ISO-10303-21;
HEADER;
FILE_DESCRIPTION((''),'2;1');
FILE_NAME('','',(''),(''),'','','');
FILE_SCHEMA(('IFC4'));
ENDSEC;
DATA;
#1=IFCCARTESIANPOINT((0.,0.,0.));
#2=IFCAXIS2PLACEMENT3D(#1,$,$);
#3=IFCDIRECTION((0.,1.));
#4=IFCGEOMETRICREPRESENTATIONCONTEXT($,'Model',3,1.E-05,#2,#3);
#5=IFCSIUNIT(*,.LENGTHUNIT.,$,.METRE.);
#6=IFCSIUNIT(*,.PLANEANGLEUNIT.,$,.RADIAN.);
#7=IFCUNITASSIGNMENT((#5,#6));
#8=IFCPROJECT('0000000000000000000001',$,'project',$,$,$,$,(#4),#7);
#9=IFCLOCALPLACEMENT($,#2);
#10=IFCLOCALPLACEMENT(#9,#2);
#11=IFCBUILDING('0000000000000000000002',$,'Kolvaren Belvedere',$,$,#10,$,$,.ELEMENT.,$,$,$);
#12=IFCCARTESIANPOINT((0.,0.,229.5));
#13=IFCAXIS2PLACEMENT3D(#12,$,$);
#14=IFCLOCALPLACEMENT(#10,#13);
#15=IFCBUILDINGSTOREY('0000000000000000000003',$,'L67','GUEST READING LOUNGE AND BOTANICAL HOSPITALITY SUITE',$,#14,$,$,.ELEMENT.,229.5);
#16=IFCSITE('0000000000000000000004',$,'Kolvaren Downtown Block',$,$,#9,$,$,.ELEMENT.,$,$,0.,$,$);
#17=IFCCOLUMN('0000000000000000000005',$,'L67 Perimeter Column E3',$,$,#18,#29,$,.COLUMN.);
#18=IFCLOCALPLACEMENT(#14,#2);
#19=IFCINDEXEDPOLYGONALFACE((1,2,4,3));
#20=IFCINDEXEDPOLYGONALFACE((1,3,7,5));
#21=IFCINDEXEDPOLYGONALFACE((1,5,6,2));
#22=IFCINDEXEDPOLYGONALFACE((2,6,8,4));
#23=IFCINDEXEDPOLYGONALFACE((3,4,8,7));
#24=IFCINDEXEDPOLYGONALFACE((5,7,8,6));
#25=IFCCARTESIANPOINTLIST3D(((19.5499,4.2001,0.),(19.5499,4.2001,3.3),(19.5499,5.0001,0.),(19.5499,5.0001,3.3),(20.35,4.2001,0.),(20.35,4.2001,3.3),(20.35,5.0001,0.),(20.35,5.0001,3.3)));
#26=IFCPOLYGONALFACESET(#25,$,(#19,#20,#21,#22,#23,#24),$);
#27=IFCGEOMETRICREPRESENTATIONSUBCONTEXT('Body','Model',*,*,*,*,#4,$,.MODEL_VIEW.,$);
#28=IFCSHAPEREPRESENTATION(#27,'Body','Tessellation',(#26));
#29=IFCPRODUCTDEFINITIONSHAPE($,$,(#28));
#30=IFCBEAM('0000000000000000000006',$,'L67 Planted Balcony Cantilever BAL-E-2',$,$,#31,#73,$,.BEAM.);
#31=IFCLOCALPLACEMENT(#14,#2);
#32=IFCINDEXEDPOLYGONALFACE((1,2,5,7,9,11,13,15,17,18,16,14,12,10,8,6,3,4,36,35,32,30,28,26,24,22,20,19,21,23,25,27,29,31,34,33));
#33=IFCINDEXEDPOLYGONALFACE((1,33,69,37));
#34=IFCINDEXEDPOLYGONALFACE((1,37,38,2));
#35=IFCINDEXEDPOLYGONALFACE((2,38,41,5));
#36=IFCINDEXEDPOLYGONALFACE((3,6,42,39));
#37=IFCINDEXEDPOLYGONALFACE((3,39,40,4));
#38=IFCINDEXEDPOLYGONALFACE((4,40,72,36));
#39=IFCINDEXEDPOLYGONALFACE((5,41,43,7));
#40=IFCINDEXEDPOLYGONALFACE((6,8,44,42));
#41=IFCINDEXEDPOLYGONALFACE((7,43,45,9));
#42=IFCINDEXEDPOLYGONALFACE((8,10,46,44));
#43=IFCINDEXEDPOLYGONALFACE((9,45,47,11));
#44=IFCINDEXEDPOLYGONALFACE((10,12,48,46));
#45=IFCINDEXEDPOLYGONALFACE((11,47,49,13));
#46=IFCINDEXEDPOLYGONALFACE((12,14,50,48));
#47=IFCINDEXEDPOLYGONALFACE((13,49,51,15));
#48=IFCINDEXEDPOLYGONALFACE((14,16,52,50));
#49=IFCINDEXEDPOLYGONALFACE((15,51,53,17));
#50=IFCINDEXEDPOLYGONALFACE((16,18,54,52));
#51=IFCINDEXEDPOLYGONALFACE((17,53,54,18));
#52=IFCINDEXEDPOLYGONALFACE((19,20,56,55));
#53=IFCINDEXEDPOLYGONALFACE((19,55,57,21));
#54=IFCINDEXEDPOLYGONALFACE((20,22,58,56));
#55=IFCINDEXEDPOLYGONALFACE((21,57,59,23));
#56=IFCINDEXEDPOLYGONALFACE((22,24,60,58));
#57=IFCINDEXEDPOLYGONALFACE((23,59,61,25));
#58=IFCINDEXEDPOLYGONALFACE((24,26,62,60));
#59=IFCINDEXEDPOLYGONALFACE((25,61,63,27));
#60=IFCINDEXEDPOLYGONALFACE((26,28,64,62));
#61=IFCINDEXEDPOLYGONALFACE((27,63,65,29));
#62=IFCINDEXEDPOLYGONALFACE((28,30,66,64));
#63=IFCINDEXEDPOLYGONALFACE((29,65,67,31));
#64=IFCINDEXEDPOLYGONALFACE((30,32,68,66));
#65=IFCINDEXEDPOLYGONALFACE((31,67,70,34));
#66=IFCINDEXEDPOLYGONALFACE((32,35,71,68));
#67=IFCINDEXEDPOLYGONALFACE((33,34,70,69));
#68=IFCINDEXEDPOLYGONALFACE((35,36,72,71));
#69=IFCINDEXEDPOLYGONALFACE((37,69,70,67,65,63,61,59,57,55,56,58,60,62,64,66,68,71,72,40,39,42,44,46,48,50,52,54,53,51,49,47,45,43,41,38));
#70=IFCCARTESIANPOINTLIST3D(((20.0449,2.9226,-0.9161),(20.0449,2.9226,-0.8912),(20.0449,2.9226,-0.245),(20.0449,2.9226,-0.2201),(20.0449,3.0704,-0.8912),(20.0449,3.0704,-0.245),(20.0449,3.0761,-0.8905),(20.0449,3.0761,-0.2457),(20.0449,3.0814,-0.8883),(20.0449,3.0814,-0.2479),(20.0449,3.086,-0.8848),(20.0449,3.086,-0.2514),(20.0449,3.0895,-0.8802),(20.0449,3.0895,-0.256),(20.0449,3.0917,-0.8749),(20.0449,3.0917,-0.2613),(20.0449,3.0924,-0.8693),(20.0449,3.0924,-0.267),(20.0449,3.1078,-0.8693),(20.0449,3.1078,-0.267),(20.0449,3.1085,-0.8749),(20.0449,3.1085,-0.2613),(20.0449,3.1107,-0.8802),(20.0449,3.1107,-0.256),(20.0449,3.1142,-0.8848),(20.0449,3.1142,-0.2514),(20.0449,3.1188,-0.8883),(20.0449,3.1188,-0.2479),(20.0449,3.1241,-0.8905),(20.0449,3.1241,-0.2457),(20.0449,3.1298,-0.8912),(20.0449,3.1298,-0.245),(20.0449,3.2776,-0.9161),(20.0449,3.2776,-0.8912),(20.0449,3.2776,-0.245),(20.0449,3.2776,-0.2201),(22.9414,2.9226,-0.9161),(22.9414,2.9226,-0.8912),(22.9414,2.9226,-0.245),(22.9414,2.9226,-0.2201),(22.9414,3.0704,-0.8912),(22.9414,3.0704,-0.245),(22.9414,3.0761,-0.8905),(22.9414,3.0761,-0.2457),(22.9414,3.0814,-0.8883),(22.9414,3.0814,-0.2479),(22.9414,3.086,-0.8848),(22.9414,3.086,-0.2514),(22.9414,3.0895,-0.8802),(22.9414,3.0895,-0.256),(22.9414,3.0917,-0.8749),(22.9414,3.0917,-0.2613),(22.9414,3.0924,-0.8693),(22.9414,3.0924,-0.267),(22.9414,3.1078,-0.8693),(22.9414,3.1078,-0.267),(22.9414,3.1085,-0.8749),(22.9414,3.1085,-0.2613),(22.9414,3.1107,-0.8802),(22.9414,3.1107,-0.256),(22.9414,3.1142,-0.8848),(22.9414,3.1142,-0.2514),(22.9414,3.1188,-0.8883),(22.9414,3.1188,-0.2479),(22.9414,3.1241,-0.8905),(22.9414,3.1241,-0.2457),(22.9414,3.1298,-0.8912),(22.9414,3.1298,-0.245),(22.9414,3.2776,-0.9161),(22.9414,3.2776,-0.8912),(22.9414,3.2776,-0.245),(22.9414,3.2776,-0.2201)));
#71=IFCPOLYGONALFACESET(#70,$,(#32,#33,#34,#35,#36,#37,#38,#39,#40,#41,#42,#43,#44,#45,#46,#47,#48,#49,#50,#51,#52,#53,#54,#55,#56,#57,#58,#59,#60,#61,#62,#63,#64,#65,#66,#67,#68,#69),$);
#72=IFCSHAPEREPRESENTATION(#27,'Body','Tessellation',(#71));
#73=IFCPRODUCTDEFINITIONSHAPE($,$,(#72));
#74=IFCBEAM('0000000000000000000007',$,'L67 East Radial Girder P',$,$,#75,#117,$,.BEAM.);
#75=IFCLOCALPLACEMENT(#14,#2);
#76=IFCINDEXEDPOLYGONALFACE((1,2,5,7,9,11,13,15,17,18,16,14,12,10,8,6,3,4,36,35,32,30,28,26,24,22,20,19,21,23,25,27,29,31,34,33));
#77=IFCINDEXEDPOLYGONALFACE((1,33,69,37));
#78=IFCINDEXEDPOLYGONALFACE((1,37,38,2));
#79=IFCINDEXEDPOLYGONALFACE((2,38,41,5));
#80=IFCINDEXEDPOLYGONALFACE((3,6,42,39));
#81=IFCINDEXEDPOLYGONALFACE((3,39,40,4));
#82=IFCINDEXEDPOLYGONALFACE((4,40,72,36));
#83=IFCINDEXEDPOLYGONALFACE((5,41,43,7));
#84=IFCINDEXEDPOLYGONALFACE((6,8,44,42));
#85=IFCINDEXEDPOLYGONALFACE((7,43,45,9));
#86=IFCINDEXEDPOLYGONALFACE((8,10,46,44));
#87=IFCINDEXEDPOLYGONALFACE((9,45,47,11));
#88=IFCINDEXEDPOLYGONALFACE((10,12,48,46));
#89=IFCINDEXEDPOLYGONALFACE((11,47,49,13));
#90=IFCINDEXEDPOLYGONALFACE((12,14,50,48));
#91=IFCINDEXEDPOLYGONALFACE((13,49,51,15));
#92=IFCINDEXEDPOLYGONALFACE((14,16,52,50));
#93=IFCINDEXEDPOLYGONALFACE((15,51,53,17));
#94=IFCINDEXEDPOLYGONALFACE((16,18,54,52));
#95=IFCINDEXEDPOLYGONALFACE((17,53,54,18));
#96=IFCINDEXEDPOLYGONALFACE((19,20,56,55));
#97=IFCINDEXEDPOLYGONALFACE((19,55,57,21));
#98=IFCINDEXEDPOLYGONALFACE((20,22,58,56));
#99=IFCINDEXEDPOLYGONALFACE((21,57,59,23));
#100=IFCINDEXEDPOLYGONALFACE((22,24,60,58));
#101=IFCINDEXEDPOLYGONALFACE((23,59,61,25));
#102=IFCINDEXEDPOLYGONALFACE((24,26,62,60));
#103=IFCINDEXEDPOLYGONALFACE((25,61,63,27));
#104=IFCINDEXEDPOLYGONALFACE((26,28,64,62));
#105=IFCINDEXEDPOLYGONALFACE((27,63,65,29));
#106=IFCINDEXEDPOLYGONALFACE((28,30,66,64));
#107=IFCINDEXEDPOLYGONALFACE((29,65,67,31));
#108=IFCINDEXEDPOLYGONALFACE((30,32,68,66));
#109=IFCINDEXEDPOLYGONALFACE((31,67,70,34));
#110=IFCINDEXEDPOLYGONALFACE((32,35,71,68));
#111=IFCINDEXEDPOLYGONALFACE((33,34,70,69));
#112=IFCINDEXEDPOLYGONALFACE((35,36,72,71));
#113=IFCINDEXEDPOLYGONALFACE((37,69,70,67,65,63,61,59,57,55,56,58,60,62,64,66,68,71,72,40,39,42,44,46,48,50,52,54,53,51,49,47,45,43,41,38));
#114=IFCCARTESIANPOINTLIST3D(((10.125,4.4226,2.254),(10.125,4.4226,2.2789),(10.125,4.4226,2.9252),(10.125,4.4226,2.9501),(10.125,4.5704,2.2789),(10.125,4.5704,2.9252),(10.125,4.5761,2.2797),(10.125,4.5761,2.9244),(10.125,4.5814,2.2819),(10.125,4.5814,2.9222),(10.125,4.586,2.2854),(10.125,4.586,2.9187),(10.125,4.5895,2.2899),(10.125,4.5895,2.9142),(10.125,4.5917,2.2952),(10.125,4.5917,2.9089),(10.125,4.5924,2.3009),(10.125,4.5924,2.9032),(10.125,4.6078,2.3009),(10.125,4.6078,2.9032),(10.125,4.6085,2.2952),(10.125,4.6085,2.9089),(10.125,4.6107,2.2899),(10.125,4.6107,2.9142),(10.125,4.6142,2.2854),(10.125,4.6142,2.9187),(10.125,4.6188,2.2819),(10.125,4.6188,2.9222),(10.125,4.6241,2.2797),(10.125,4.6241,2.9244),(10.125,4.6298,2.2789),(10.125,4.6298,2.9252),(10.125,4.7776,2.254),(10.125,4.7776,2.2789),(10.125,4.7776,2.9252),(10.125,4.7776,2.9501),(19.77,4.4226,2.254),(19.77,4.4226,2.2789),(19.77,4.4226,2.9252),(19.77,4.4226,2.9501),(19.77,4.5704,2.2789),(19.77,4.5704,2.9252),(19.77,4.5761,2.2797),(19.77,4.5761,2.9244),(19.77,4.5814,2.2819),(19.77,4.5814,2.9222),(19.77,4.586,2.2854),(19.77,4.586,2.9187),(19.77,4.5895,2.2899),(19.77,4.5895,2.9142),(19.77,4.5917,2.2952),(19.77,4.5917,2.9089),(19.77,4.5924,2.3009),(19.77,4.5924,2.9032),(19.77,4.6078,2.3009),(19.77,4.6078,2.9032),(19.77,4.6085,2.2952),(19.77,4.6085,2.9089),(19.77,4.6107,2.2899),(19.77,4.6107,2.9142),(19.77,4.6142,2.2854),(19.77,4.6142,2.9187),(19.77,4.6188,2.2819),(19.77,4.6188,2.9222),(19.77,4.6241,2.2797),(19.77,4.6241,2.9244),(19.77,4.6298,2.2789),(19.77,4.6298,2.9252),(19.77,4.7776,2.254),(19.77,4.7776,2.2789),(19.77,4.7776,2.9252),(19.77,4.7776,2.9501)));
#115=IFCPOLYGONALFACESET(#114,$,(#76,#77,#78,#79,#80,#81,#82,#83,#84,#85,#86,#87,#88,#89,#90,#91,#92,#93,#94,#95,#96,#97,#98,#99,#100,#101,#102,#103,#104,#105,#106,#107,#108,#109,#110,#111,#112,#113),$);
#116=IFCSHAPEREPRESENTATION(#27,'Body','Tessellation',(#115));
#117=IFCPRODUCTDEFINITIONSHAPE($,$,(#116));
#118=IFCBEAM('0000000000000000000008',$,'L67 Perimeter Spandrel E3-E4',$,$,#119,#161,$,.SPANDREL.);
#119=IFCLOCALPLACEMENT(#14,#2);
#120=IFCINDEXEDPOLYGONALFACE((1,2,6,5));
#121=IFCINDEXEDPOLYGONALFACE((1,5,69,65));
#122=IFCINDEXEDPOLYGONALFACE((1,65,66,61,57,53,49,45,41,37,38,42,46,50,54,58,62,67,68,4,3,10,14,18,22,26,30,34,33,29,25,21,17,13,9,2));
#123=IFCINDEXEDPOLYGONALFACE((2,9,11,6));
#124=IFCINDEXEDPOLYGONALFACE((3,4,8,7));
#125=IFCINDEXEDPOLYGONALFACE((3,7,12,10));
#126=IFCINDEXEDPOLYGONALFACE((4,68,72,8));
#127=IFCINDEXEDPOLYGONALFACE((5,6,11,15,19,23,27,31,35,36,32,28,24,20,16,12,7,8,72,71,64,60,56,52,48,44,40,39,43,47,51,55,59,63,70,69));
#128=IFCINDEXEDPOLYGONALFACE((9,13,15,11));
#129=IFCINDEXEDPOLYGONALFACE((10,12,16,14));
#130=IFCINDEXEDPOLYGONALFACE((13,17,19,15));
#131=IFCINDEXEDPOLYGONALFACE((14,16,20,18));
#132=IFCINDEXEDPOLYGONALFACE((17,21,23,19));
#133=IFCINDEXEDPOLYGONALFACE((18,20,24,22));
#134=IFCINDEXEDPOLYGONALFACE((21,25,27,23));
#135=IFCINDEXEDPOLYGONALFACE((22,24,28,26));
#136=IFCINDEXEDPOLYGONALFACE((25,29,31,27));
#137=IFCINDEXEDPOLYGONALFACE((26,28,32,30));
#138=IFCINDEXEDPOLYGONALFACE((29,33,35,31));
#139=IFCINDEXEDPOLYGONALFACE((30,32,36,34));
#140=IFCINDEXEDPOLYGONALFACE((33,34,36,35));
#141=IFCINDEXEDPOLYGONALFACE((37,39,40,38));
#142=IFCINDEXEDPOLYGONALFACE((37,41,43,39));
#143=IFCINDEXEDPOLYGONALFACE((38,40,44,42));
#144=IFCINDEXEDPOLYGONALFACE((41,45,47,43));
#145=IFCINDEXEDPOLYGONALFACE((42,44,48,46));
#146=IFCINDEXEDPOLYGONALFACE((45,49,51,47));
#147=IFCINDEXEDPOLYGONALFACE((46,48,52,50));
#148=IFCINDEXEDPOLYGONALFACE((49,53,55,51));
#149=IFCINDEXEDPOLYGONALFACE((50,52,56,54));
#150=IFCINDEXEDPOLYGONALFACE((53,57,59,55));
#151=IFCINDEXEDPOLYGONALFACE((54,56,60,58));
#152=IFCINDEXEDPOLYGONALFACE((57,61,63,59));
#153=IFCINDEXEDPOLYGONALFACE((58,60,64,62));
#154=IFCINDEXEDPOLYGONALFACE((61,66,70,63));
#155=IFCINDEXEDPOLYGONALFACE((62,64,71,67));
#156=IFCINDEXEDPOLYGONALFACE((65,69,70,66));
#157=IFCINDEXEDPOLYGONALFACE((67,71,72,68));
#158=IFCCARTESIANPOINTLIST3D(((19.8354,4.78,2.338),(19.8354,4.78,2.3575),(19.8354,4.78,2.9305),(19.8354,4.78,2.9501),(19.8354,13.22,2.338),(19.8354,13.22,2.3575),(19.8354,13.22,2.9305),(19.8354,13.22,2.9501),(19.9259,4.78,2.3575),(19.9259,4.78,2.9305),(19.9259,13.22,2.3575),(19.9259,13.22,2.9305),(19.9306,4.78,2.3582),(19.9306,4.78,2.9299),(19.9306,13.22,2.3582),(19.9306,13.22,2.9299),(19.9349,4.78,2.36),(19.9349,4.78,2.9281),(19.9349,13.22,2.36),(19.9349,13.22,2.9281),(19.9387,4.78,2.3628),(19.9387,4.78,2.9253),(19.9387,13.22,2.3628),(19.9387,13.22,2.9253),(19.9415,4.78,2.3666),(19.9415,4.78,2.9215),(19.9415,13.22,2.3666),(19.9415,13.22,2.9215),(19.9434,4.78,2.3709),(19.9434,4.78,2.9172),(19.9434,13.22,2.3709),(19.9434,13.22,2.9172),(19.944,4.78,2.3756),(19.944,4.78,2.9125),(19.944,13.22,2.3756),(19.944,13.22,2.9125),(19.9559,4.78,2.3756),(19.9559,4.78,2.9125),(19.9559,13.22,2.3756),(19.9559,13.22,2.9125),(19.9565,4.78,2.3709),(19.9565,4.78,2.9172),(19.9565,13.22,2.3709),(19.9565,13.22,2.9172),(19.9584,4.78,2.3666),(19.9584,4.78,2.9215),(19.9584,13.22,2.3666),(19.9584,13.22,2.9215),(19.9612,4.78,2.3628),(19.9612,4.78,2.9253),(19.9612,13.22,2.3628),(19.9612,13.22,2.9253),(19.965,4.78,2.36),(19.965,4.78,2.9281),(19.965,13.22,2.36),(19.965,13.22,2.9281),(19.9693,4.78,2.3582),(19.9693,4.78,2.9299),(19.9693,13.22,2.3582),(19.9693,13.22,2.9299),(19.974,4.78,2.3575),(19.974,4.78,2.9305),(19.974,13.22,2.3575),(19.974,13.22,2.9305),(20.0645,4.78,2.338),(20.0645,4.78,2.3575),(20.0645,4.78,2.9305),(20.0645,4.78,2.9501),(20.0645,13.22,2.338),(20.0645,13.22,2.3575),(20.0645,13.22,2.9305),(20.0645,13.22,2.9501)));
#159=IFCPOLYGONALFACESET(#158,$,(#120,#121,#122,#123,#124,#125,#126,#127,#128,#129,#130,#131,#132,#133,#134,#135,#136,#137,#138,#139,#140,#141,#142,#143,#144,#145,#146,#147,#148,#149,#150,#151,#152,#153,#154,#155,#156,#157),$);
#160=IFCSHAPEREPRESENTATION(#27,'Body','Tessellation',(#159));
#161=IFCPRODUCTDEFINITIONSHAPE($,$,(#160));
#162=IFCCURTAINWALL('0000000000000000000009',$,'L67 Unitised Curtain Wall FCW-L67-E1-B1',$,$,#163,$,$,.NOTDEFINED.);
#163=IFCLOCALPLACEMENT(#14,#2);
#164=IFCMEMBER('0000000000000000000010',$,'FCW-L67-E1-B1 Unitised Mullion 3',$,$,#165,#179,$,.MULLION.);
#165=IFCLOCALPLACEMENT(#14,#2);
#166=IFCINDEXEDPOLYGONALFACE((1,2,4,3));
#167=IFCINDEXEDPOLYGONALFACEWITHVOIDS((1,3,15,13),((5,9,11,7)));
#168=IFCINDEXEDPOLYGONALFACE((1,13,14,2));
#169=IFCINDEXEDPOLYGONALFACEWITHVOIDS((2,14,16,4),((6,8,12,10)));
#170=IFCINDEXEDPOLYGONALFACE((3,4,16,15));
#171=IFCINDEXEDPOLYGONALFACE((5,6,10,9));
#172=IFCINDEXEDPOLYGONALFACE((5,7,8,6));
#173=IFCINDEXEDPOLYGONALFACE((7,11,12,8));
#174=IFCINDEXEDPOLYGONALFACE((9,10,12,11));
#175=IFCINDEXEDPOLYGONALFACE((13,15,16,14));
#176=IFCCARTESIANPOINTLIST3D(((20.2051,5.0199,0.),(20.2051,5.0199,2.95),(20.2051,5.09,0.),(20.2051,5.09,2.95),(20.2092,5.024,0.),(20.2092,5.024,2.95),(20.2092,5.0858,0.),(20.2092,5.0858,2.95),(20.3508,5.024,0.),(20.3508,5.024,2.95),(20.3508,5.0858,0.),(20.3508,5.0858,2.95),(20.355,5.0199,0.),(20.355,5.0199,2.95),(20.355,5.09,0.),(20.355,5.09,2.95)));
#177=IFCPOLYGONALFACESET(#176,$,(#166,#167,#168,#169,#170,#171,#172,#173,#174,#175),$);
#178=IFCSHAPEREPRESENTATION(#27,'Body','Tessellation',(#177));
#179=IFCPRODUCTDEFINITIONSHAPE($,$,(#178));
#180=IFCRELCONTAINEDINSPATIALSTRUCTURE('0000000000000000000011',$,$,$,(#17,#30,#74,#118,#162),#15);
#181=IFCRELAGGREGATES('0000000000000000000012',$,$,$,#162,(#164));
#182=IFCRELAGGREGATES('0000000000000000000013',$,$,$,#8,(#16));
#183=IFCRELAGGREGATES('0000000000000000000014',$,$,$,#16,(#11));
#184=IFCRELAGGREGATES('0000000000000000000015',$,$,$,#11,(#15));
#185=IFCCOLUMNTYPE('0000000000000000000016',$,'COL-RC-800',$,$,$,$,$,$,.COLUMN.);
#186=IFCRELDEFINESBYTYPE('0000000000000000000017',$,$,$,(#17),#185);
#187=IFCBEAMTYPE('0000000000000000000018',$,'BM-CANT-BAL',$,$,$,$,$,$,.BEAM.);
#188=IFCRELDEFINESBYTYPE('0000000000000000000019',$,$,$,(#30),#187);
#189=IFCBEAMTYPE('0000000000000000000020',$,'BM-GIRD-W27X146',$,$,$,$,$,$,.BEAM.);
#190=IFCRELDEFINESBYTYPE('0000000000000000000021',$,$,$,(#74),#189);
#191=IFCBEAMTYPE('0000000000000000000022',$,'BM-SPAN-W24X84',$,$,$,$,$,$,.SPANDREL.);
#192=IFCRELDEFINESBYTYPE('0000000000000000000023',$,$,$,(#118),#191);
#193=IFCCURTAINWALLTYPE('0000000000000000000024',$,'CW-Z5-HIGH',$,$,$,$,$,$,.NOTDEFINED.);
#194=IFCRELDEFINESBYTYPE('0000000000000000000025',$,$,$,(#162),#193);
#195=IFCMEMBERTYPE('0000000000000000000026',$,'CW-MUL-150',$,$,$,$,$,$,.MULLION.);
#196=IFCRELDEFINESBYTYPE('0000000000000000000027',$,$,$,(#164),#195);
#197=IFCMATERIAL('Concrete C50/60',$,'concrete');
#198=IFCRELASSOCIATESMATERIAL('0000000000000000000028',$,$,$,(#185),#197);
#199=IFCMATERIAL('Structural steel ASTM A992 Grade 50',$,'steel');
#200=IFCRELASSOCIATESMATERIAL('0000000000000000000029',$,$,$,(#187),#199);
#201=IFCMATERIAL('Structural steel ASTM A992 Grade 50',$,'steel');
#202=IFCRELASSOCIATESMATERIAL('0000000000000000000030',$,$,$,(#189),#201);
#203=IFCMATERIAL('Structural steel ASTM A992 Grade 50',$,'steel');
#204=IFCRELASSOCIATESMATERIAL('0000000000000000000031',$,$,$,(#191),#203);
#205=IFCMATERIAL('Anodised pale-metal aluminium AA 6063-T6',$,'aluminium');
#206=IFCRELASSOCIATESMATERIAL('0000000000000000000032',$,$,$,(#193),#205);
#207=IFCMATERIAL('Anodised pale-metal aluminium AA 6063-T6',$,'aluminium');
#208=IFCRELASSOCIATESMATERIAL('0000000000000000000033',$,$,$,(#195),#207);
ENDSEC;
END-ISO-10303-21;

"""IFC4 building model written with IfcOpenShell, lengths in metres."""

from ifc_helpers import new_model, si_unit, direction, frame, origin, origin_2d, place, context, subcontext, project, spatial, rectangle, hollow_rectangle, i_section, extrude, material, material_profile, profile_set, type_object, element, aggregate, save


model = new_model("IFC4")

# Units and contexts
model_context = context("Model", 3, precision=1e-05, world=origin(), true_north=direction((0.0, 1.0)))
body_context = subcontext(model_context, "Body", "Model", "MODEL_VIEW")
ifc_project = project(units=[si_unit("LENGTHUNIT", "METRE"), si_unit("PLANEANGLEUNIT", "RADIAN")], contexts=[model_context])

# Site, building, storey
site_placement = place(None, origin())
site = spatial("IfcSite", under=ifc_project, at=site_placement, Name="Kolvaren Downtown Block", CompositionType="ELEMENT", RefElevation=0.0)
building_placement = place(site_placement, origin())
building = spatial("IfcBuilding", under=site, at=building_placement, Name="Kolvaren Belvedere", CompositionType="ELEMENT")
storey_placement = place(building_placement, frame((0.0, 0.0, 229.5)))
storey = spatial("IfcBuildingStorey", under=building, at=storey_placement, Name="L67", Description="GUEST READING LOUNGE AND BOTANICAL HOSPITALITY SUITE", CompositionType="ELEMENT", Elevation=229.5)

# Column
ifc_material_1 = material(Name="Concrete C50/60", Category="concrete")
ifc_material_profile_1 = material_profile(ifc_material_1, rectangle(XDim=0.8, YDim=0.8, at=origin_2d()), Name="RC 800X800")
ifc_profile_set_1 = profile_set([ifc_material_profile_1], Name="Concrete C50/60")
column_type = type_object("IfcColumnType", Name="COL-RC-800", PredefinedType="COLUMN", material=ifc_profile_set_1)
column_placement = place(storey_placement, frame((19.95, 4.6001, 0.0), z_axis=(0.0, 0.0, 1.0), x_axis=(1.0, 0.0, 0.0)))
element("IfcColumn", 1, at=column_placement, inside=storey, type_object=column_type, Name="L67 Perimeter Column E3", PredefinedType="COLUMN", context=body_context, shape_type="SweptSolid", body=[
    extrude(rectangle(XDim=0.8, YDim=0.8, at=origin_2d()), origin(), (0.0, 0.0, 1.0), 3.3),
])

# Beams
ifc_material_2 = material(Name="Structural steel ASTM A992 Grade 50", Category="steel")
ifc_material_profile_2 = material_profile(ifc_material_2, i_section(OverallWidth=0.355, OverallDepth=0.696, WebThickness=0.0154, FlangeThickness=0.0249, FilletRadius=0.022, at=origin_2d()), Name="W27X146")
ifc_profile_set_2 = profile_set([ifc_material_profile_2], Name="Structural steel ASTM A992 Grade 50")
beam_type_1 = type_object("IfcBeamType", Name="BM-CANT-BAL", PredefinedType="BEAM", material=ifc_profile_set_2)
beam_1_placement = place(storey_placement, frame((20.0449, 3.1001, -0.5681), z_axis=(1.0, 0.0, 0.0), x_axis=(0.0, 1.0, 0.0)))
element("IfcBeam", 2, at=beam_1_placement, inside=storey, type_object=beam_type_1, Name="L67 Planted Balcony Cantilever BAL-E-2", PredefinedType="BEAM", context=body_context, shape_type="SweptSolid", body=[
    extrude(i_section(OverallWidth=0.355, OverallDepth=0.696, WebThickness=0.0154, FlangeThickness=0.0249, FilletRadius=0.022, at=origin_2d()), origin(), (0.0, 0.0, 1.0), 2.8965),
])
ifc_material_3 = material(Name="Structural steel ASTM A992 Grade 50", Category="steel")
ifc_material_profile_3 = material_profile(ifc_material_3, i_section(OverallWidth=0.355, OverallDepth=0.696, WebThickness=0.0154, FlangeThickness=0.0249, FilletRadius=0.022, at=origin_2d()), Name="W27X146")
ifc_profile_set_3 = profile_set([ifc_material_profile_3], Name="Structural steel ASTM A992 Grade 50")
beam_type_2 = type_object("IfcBeamType", Name="BM-GIRD-W27X146", PredefinedType="BEAM", material=ifc_profile_set_3)
beam_2_placement = place(storey_placement, frame((10.125, 4.6001, 2.6021), z_axis=(1.0, 0.0, 0.0), x_axis=(0.0, 1.0, 0.0)))
element("IfcBeam", 3, at=beam_2_placement, inside=storey, type_object=beam_type_2, Name="L67 East Radial Girder P", PredefinedType="BEAM", context=body_context, shape_type="SweptSolid", body=[
    extrude(i_section(OverallWidth=0.355, OverallDepth=0.696, WebThickness=0.0154, FlangeThickness=0.0249, FilletRadius=0.022, at=origin_2d()), origin(), (0.0, 0.0, 1.0), 9.645),
])
ifc_material_4 = material(Name="Structural steel ASTM A992 Grade 50", Category="steel")
ifc_material_profile_4 = material_profile(ifc_material_4, i_section(OverallWidth=0.229, OverallDepth=0.6121, WebThickness=0.012, FlangeThickness=0.0195, FilletRadius=0.0181, at=origin_2d()), Name="W24X84")
ifc_profile_set_4 = profile_set([ifc_material_profile_4], Name="Structural steel ASTM A992 Grade 50")
beam_type_3 = type_object("IfcBeamType", Name="BM-SPAN-W24X84", PredefinedType="SPANDREL", material=ifc_profile_set_4)
beam_3_placement = place(storey_placement, frame((19.95, 4.78, 2.644), z_axis=(0.0, 1.0, 0.0), x_axis=(-1.0, 0.0, 0.0)))
element("IfcBeam", 4, at=beam_3_placement, inside=storey, type_object=beam_type_3, Name="L67 Perimeter Spandrel E3-E4", PredefinedType="SPANDREL", context=body_context, shape_type="SweptSolid", body=[
    extrude(i_section(OverallWidth=0.229, OverallDepth=0.6121, WebThickness=0.012, FlangeThickness=0.0195, FilletRadius=0.0181, at=origin_2d()), origin(), (0.0, 0.0, 1.0), 8.4399),
])

# Curtain wall, member
ifc_material_5 = material(Name="Anodised pale-metal aluminium AA 6063-T6", Category="aluminium")
curtain_wall_type = type_object("IfcCurtainWallType", Name="CW-Z5-HIGH", PredefinedType="NOTDEFINED", material=ifc_material_5)
curtain_wall_1_placement = place(storey_placement, origin())
curtain_wall_1 = element("IfcCurtainWall", 5, at=curtain_wall_1_placement, inside=storey, type_object=curtain_wall_type, Name="L67 Unitised Curtain Wall FCW-L67-E1-B1", PredefinedType="NOTDEFINED")
ifc_material_6 = material(Name="Anodised pale-metal aluminium AA 6063-T6", Category="aluminium")
ifc_material_profile_5 = material_profile(ifc_material_6, hollow_rectangle(XDim=0.0701, YDim=0.1499, WallThickness=0.0042, at=origin_2d()), Name="ALU-MUL-150X70")
ifc_profile_set_5 = profile_set([ifc_material_profile_5], Name="Anodised pale-metal aluminium AA 6063-T6")
member_type_1 = type_object("IfcMemberType", Name="CW-MUL-150", PredefinedType="MULLION", material=ifc_profile_set_5)
member_1_placement = place(storey_placement, frame((20.28, 5.0549, 0.0), z_axis=(0.0, 0.0, 1.0), x_axis=(0.0, 1.0, 0.0)))
member_1 = element("IfcMember", 6, at=member_1_placement, type_object=member_type_1, Name="FCW-L67-E1-B1 Unitised Mullion 3", PredefinedType="MULLION", context=body_context, shape_type="SweptSolid", body=[
    extrude(hollow_rectangle(XDim=0.0701, YDim=0.1499, WallThickness=0.0042, at=origin_2d()), origin(), (0.0, 0.0, 1.0), 2.95),
])
aggregate(curtain_wall_1, [member_1])

save(model, "model.ifc")
